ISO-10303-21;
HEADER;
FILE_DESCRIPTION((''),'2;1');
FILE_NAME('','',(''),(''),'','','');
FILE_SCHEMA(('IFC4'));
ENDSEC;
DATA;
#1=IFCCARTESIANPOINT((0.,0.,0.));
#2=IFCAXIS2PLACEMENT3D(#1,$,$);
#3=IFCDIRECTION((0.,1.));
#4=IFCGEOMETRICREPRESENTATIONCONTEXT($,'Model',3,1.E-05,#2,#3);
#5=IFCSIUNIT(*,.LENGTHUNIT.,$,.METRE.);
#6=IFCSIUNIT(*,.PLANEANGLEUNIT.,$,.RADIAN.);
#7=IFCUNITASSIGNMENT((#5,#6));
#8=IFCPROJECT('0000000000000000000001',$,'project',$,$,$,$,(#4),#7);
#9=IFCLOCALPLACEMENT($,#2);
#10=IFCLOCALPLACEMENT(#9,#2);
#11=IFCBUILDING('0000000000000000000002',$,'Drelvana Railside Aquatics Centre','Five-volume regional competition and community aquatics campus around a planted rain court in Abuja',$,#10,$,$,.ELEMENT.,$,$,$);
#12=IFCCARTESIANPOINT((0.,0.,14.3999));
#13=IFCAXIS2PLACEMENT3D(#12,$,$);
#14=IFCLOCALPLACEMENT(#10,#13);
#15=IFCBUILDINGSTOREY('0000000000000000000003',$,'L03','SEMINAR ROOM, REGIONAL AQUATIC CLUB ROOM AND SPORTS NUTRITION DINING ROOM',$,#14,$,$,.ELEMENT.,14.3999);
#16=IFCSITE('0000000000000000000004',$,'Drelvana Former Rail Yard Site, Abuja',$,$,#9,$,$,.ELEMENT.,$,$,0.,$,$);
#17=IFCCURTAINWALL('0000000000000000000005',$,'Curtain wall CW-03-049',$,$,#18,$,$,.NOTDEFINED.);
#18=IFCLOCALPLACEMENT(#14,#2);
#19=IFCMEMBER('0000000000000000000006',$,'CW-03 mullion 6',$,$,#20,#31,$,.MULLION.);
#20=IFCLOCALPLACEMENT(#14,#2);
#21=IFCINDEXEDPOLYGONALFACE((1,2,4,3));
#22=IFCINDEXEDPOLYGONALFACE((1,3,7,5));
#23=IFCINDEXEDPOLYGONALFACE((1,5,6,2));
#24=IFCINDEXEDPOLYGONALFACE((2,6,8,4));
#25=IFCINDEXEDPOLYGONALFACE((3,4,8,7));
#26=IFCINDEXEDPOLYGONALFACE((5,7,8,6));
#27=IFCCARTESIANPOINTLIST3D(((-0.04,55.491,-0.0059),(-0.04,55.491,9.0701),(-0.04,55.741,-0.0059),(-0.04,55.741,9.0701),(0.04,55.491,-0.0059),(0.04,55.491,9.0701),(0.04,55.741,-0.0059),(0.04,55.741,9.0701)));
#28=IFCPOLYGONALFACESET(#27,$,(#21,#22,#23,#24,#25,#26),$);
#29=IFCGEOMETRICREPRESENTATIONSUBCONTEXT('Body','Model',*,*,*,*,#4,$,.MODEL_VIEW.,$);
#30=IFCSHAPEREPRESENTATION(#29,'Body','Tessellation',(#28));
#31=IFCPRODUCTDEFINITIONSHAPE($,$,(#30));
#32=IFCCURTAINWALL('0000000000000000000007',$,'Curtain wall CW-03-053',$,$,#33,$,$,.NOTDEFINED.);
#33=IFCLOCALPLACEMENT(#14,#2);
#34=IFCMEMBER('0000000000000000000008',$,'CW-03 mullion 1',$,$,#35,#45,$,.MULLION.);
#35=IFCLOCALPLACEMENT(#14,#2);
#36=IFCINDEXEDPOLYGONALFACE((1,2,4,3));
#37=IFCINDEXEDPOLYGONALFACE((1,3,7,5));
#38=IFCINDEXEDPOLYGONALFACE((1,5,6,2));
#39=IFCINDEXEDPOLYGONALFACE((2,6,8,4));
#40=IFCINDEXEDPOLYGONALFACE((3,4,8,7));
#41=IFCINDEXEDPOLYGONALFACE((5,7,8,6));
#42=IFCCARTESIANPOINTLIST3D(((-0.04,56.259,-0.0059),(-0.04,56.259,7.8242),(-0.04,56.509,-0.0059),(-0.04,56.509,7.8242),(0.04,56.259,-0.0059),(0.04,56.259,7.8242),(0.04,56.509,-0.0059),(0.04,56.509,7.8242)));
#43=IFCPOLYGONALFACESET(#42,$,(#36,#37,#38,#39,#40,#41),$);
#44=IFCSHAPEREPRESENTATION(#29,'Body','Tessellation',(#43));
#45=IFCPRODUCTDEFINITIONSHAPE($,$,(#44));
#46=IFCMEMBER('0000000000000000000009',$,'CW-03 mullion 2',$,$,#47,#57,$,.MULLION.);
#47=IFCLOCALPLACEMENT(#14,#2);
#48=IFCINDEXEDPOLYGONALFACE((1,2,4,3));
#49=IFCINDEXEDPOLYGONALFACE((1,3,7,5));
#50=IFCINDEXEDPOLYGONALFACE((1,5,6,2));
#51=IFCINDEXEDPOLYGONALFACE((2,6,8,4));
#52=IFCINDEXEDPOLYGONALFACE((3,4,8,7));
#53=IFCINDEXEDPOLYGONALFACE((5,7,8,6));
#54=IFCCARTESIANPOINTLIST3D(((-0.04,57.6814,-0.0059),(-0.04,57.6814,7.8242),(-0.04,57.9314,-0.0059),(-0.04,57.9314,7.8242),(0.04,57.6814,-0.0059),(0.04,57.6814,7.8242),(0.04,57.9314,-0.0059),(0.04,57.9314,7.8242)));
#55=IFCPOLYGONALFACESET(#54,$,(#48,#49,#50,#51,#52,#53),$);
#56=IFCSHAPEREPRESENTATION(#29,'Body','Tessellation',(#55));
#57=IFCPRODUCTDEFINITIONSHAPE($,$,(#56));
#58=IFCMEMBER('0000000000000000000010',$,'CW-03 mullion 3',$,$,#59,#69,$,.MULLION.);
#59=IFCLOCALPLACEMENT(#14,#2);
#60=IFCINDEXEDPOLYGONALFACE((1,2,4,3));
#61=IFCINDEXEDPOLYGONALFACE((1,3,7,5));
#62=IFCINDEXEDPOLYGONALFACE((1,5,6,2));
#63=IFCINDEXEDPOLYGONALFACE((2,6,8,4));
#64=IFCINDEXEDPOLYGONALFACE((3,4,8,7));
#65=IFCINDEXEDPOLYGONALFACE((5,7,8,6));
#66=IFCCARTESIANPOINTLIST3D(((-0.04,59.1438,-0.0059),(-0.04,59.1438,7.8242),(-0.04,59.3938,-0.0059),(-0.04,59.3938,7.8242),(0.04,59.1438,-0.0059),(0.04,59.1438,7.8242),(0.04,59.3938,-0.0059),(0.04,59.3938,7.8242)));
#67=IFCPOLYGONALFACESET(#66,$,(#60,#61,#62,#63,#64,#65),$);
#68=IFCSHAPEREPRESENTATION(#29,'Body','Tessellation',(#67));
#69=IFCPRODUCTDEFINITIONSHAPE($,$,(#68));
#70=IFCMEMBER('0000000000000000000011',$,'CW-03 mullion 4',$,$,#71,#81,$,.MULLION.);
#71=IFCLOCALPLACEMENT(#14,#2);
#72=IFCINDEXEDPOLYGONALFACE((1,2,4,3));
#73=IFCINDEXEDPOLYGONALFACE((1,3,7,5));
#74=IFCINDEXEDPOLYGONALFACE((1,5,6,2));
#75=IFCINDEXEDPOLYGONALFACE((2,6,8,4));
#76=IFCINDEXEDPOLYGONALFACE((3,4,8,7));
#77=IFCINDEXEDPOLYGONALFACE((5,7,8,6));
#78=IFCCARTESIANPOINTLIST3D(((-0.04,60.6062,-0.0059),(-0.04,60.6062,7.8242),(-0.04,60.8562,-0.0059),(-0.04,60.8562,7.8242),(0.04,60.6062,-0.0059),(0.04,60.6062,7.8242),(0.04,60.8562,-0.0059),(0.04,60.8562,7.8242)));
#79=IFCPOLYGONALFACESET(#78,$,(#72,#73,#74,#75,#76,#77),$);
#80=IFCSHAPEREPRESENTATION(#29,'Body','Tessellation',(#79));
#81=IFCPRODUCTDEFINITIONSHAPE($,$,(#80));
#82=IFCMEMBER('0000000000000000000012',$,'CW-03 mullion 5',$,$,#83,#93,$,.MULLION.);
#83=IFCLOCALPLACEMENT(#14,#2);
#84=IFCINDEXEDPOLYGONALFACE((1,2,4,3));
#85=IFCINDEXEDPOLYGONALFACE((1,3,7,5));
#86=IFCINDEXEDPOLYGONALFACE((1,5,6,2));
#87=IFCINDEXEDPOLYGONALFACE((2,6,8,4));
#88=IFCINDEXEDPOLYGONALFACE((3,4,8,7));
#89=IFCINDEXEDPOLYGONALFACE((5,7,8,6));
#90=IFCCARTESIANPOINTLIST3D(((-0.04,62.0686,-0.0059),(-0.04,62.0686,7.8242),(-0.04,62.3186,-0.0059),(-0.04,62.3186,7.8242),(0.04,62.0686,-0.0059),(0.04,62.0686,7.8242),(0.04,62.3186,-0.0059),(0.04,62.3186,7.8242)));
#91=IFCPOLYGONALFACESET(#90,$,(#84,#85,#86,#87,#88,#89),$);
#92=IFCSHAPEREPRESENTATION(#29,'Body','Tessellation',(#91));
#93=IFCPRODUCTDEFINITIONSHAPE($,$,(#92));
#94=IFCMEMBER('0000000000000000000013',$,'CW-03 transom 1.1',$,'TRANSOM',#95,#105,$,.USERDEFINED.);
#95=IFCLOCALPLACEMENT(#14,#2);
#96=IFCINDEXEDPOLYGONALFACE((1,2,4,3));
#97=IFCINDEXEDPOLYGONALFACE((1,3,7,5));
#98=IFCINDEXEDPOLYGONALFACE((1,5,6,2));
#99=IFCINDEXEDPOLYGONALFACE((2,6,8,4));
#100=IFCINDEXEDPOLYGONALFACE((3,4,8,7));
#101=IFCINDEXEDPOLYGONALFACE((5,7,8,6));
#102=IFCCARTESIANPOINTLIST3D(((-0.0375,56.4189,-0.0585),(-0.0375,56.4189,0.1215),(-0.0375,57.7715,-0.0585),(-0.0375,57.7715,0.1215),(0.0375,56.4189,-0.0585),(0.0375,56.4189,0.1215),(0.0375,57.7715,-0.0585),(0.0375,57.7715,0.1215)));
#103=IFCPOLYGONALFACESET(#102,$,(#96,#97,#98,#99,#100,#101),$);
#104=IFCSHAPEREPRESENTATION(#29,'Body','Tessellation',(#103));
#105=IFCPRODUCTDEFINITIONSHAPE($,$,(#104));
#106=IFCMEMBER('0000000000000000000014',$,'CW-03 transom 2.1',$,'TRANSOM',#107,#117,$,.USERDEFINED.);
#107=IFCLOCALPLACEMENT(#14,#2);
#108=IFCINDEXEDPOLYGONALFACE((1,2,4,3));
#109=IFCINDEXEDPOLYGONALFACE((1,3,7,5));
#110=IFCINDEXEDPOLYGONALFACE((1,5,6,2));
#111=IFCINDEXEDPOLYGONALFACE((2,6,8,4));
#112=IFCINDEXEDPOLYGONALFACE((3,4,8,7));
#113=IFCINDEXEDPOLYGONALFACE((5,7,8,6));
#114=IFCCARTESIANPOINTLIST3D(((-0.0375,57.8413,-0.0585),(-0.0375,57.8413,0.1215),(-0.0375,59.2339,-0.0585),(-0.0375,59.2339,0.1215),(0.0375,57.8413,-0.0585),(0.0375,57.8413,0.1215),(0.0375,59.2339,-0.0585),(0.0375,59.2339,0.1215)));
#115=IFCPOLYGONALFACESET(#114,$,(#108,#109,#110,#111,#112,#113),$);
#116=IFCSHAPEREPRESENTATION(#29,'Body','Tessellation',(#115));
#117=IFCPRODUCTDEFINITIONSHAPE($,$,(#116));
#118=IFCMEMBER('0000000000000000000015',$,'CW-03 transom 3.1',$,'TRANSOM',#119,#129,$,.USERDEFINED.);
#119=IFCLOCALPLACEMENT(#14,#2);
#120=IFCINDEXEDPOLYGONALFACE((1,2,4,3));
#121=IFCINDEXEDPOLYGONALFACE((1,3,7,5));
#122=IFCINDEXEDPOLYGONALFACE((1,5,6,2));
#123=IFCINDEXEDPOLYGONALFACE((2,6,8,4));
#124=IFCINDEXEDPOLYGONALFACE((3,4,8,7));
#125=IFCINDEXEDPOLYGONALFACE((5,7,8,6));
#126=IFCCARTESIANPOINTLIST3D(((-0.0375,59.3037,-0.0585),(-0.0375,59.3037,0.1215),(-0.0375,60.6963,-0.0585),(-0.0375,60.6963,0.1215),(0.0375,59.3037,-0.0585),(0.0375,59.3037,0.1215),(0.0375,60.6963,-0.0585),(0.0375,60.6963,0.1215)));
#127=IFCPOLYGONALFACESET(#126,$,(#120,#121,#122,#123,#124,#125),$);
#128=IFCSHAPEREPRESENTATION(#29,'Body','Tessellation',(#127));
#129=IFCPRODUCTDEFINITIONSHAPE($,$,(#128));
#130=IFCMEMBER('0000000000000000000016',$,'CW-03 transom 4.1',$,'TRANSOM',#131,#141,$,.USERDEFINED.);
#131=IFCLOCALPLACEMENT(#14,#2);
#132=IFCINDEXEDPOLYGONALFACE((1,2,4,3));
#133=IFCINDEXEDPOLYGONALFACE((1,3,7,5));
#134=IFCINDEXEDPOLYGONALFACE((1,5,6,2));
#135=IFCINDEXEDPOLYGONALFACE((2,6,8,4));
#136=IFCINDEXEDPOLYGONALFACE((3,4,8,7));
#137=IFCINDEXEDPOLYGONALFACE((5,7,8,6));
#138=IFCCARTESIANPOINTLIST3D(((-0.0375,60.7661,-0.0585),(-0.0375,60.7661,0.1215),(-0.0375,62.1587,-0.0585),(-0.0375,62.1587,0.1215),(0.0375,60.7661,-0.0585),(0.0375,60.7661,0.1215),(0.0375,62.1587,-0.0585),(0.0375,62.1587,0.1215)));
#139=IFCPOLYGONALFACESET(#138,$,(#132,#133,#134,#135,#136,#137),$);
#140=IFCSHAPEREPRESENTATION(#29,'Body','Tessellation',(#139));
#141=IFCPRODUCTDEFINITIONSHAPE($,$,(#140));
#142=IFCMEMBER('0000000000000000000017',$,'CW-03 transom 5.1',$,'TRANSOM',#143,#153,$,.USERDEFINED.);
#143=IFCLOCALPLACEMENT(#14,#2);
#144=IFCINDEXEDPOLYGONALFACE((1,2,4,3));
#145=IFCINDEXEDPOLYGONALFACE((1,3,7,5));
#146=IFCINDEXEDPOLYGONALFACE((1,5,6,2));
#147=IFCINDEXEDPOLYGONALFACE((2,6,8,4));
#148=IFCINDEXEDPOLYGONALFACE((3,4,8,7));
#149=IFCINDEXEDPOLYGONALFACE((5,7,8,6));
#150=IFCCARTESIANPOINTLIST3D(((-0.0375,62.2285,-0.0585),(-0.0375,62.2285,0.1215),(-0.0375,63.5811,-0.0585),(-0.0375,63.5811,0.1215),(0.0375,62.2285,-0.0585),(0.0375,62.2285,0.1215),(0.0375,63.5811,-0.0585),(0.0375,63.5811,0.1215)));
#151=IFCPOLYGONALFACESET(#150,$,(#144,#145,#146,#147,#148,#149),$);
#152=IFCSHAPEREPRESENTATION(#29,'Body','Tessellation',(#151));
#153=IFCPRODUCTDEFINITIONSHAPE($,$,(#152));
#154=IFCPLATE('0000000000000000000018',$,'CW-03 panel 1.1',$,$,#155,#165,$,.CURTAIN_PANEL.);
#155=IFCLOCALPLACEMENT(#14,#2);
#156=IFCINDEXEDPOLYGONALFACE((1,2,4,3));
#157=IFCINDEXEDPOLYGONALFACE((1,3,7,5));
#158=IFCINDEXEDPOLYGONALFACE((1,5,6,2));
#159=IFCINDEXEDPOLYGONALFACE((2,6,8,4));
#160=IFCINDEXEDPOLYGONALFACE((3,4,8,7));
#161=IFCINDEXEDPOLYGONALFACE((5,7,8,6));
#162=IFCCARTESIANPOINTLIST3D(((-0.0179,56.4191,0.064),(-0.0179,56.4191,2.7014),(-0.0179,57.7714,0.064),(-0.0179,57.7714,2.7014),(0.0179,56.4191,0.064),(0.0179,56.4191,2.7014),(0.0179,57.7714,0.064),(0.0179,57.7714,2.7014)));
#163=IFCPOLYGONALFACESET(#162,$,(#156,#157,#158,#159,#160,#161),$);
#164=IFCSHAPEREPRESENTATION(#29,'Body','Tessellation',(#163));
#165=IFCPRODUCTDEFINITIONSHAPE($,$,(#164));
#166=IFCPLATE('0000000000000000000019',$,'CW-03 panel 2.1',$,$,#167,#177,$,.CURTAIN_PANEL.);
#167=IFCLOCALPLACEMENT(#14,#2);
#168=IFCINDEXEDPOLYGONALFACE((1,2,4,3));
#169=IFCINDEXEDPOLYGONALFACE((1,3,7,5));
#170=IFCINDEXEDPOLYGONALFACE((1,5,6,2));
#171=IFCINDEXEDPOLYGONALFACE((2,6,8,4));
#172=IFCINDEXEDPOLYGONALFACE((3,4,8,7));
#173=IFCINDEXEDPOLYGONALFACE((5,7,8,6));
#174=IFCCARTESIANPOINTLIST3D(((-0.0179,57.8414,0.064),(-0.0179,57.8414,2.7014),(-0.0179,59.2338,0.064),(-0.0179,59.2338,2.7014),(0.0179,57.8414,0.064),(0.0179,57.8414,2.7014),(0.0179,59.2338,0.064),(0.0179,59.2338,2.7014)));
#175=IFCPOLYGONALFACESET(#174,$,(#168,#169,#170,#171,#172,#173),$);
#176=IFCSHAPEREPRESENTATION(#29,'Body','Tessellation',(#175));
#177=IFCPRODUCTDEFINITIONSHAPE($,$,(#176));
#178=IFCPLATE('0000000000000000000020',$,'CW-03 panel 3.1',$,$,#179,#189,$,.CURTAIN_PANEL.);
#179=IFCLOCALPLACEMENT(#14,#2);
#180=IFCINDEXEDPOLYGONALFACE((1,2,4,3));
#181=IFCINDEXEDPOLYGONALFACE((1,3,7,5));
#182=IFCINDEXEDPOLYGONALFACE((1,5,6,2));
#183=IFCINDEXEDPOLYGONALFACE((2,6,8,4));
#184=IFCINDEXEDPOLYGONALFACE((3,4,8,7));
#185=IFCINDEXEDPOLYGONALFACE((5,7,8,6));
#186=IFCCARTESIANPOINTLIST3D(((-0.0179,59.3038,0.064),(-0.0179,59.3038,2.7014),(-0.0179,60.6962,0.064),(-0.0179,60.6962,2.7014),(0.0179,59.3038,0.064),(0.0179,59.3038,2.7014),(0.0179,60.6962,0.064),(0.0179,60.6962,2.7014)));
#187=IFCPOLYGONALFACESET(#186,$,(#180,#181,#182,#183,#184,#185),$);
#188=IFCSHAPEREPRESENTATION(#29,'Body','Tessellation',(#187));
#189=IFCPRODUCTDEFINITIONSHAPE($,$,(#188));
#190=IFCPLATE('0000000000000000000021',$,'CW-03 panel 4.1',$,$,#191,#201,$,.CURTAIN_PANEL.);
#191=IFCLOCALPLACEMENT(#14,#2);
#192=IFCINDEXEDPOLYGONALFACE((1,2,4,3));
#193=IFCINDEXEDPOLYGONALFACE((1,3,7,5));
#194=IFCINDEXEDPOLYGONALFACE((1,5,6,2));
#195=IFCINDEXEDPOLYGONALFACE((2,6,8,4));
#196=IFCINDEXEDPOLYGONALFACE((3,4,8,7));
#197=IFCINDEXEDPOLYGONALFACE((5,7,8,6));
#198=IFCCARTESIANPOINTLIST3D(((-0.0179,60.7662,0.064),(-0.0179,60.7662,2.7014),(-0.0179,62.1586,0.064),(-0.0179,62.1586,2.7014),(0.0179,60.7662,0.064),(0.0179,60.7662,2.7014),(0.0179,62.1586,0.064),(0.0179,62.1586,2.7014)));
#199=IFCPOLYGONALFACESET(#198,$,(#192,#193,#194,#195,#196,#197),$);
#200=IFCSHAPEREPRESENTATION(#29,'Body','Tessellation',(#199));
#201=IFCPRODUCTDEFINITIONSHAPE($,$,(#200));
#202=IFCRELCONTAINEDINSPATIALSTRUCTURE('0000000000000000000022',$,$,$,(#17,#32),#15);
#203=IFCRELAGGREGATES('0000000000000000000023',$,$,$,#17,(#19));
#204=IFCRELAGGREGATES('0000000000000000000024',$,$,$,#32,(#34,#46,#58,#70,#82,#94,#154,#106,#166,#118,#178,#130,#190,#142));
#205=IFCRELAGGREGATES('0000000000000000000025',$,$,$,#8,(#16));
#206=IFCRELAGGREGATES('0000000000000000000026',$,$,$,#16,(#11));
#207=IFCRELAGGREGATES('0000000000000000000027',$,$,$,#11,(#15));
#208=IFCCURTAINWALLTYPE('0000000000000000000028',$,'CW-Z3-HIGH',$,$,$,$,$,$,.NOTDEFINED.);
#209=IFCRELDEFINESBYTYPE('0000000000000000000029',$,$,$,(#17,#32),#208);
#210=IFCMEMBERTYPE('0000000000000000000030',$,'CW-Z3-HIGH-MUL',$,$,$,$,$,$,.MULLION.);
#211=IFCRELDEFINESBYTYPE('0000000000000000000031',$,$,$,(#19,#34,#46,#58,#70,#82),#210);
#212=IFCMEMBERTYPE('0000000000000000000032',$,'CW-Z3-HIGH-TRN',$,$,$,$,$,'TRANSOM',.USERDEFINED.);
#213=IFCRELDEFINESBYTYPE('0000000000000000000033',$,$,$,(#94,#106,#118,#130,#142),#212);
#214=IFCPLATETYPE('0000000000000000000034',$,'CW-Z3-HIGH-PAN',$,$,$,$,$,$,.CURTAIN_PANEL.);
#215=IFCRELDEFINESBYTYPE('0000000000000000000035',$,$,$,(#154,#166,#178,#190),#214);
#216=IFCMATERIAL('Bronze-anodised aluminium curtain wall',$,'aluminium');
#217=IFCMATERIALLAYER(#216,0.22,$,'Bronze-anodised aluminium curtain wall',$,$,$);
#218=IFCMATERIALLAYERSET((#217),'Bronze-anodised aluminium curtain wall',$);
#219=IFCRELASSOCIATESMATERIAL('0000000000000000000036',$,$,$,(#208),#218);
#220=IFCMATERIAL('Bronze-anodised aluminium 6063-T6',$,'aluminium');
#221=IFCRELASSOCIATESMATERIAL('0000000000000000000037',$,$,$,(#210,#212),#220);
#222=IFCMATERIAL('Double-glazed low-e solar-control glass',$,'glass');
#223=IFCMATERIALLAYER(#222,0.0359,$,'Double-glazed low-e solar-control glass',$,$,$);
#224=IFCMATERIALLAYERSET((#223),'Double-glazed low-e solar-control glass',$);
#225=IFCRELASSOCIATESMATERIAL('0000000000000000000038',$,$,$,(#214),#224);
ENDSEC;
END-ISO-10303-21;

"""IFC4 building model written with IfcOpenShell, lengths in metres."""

from ifc_helpers import new_model, si_unit, direction, frame, origin, origin_2d, place, context, subcontext, project, spatial, rectangle, extrude, material, layer, layer_set, material_profile, profile_set, type_object, element, aggregate, save


model = new_model("IFC4")

# Units and contexts
model_context = context("Model", 3, precision=1e-05, world=origin(), true_north=direction((0.0, 1.0)))
body_context = subcontext(model_context, "Body", "Model", "MODEL_VIEW")
ifc_project = project(units=[si_unit("LENGTHUNIT", "METRE"), si_unit("PLANEANGLEUNIT", "RADIAN")], contexts=[model_context])

# Site, building, storey
site_placement = place(None, origin())
site = spatial("IfcSite", under=ifc_project, at=site_placement, Name="Drelvana Former Rail Yard Site, Abuja", CompositionType="ELEMENT", RefElevation=0.0)
building_placement = place(site_placement, origin())
building = spatial("IfcBuilding", under=site, at=building_placement, Name="Drelvana Railside Aquatics Centre", Description="Five-volume regional competition and community aquatics campus around a planted rain court in Abuja", CompositionType="ELEMENT")
storey_placement = place(building_placement, frame((0.0, 0.0, 14.3999)))
storey = spatial("IfcBuildingStorey", under=building, at=storey_placement, Name="L03", Description="SEMINAR ROOM, REGIONAL AQUATIC CLUB ROOM AND SPORTS NUTRITION DINING ROOM", CompositionType="ELEMENT", Elevation=14.3999)

# Curtain wall, member
ifc_material_1 = material(Name="Bronze-anodised aluminium curtain wall", Category="aluminium")
ifc_layer_1 = layer(ifc_material_1, 0.22, Name="Bronze-anodised aluminium curtain wall")
ifc_layer_set_1 = layer_set([ifc_layer_1], Name="Bronze-anodised aluminium curtain wall")
curtain_wall_type = type_object("IfcCurtainWallType", Name="CW-Z3-HIGH", PredefinedType="NOTDEFINED", material=ifc_layer_set_1)
curtain_wall_1_placement = place(storey_placement, origin())
curtain_wall_1 = element("IfcCurtainWall", 1, at=curtain_wall_1_placement, inside=storey, type_object=curtain_wall_type, Name="Curtain wall CW-03-049", PredefinedType="NOTDEFINED")
ifc_material_2 = material(Name="Bronze-anodised aluminium 6063-T6", Category="aluminium")
ifc_material_profile_1 = material_profile(ifc_material_2, rectangle(XDim=0.0801, YDim=0.25, at=origin_2d()), Name="ALU-M 80x250")
ifc_profile_set_1 = profile_set([ifc_material_profile_1], Name="Bronze-anodised aluminium 6063-T6")
member_type_1 = type_object("IfcMemberType", Name="CW-Z3-HIGH-MUL", PredefinedType="MULLION", material=ifc_profile_set_1)
member_1_placement = place(storey_placement, frame((0.0, 55.616, -0.0059), z_axis=(0.0, 0.0, 1.0), x_axis=(-1.0, 0.0, 0.0)))
member_1 = element("IfcMember", 2, at=member_1_placement, type_object=member_type_1, Name="CW-03 mullion 6", PredefinedType="MULLION", context=body_context, shape_type="SweptSolid", body=[
    extrude(rectangle(XDim=0.0801, YDim=0.25, at=origin_2d()), origin(), (0.0, 0.0, 1.0), 9.0759),
])
aggregate(curtain_wall_1, [member_1])

# Curtain wall, members, plates
curtain_wall_2_placement = place(storey_placement, origin())
curtain_wall_2 = element("IfcCurtainWall", 3, at=curtain_wall_2_placement, inside=storey, type_object=curtain_wall_type, Name="Curtain wall CW-03-053", PredefinedType="NOTDEFINED")
member_2_placement = place(storey_placement, frame((0.0, 56.384, -0.0059), z_axis=(0.0, 0.0, 1.0), x_axis=(-1.0, 0.0, 0.0)))
member_2 = element("IfcMember", 4, at=member_2_placement, type_object=member_type_1, Name="CW-03 mullion 1", PredefinedType="MULLION", context=body_context, shape_type="SweptSolid", body=[
    extrude(rectangle(XDim=0.0801, YDim=0.25, at=origin_2d()), origin(), (0.0, 0.0, 1.0), 7.8301),
])
member_3_placement = place(storey_placement, frame((0.0, 57.8064, -0.0059), z_axis=(0.0, 0.0, 1.0), x_axis=(-1.0, 0.0, 0.0)))
member_3 = element("IfcMember", 5, at=member_3_placement, type_object=member_type_1, Name="CW-03 mullion 2", PredefinedType="MULLION", context=body_context, shape_type="SweptSolid", body=[
    extrude(rectangle(XDim=0.0801, YDim=0.25, at=origin_2d()), origin(), (0.0, 0.0, 1.0), 7.8301),
])
member_4_placement = place(storey_placement, frame((0.0, 59.2688, -0.0059), z_axis=(0.0, 0.0, 1.0), x_axis=(-1.0, 0.0, 0.0)))
member_4 = element("IfcMember", 6, at=member_4_placement, type_object=member_type_1, Name="CW-03 mullion 3", PredefinedType="MULLION", context=body_context, shape_type="SweptSolid", body=[
    extrude(rectangle(XDim=0.0801, YDim=0.25, at=origin_2d()), origin(), (0.0, 0.0, 1.0), 7.8301),
])
member_5_placement = place(storey_placement, frame((0.0, 60.7312, -0.0059), z_axis=(0.0, 0.0, 1.0), x_axis=(-1.0, 0.0, 0.0)))
member_5 = element("IfcMember", 7, at=member_5_placement, type_object=member_type_1, Name="CW-03 mullion 4", PredefinedType="MULLION", context=body_context, shape_type="SweptSolid", body=[
    extrude(rectangle(XDim=0.0801, YDim=0.25, at=origin_2d()), origin(), (0.0, 0.0, 1.0), 7.8301),
])
member_6_placement = place(storey_placement, frame((0.0, 62.1936, -0.0059), z_axis=(0.0, 0.0, 1.0), x_axis=(-1.0, 0.0, 0.0)))
member_6 = element("IfcMember", 8, at=member_6_placement, type_object=member_type_1, Name="CW-03 mullion 5", PredefinedType="MULLION", context=body_context, shape_type="SweptSolid", body=[
    extrude(rectangle(XDim=0.0801, YDim=0.25, at=origin_2d()), origin(), (0.0, 0.0, 1.0), 7.8301),
])
ifc_material_profile_2 = material_profile(ifc_material_2, rectangle(XDim=0.1799, YDim=0.075, at=origin_2d()), Name="ALU-T 75x180")
ifc_profile_set_2 = profile_set([ifc_material_profile_2], Name="Bronze-anodised aluminium 6063-T6")
member_type_2 = type_object("IfcMemberType", Name="CW-Z3-HIGH-TRN", ElementType="TRANSOM", PredefinedType="USERDEFINED", material=ifc_profile_set_2)
member_7_placement = place(storey_placement, frame((0.0, 56.4189, 0.0315), z_axis=(0.0, 1.0, 0.0), x_axis=(0.0, 0.0, 1.0)))
member_7 = element("IfcMember", 9, at=member_7_placement, type_object=member_type_2, Name="CW-03 transom 1.1", ObjectType="TRANSOM", PredefinedType="USERDEFINED", context=body_context, shape_type="SweptSolid", body=[
    extrude(rectangle(XDim=0.1799, YDim=0.075, at=origin_2d()), origin(), (0.0, 0.0, 1.0), 1.3525),
])
member_8_placement = place(storey_placement, frame((0.0, 57.8413, 0.0315), z_axis=(0.0, 1.0, 0.0), x_axis=(0.0, 0.0, 1.0)))
member_8 = element("IfcMember", 10, at=member_8_placement, type_object=member_type_2, Name="CW-03 transom 2.1", ObjectType="TRANSOM", PredefinedType="USERDEFINED", context=body_context, shape_type="SweptSolid", body=[
    extrude(rectangle(XDim=0.1799, YDim=0.075, at=origin_2d()), origin(), (0.0, 0.0, 1.0), 1.3926),
])
member_9_placement = place(storey_placement, frame((0.0, 59.3037, 0.0315), z_axis=(0.0, 1.0, 0.0), x_axis=(0.0, 0.0, 1.0)))
member_9 = element("IfcMember", 11, at=member_9_placement, type_object=member_type_2, Name="CW-03 transom 3.1", ObjectType="TRANSOM", PredefinedType="USERDEFINED", context=body_context, shape_type="SweptSolid", body=[
    extrude(rectangle(XDim=0.1799, YDim=0.075, at=origin_2d()), origin(), (0.0, 0.0, 1.0), 1.3926),
])
member_10_placement = place(storey_placement, frame((0.0, 60.7661, 0.0315), z_axis=(0.0, 1.0, 0.0), x_axis=(0.0, 0.0, 1.0)))
member_10 = element("IfcMember", 12, at=member_10_placement, type_object=member_type_2, Name="CW-03 transom 4.1", ObjectType="TRANSOM", PredefinedType="USERDEFINED", context=body_context, shape_type="SweptSolid", body=[
    extrude(rectangle(XDim=0.1799, YDim=0.075, at=origin_2d()), origin(), (0.0, 0.0, 1.0), 1.3926),
])
member_11_placement = place(storey_placement, frame((0.0, 62.2285, 0.0315), z_axis=(0.0, 1.0, 0.0), x_axis=(0.0, 0.0, 1.0)))
member_11 = element("IfcMember", 13, at=member_11_placement, type_object=member_type_2, Name="CW-03 transom 5.1", ObjectType="TRANSOM", PredefinedType="USERDEFINED", context=body_context, shape_type="SweptSolid", body=[
    extrude(rectangle(XDim=0.1799, YDim=0.075, at=origin_2d()), origin(), (0.0, 0.0, 1.0), 1.3525),
])
ifc_material_3 = material(Name="Double-glazed low-e solar-control glass", Category="glass")
ifc_layer_2 = layer(ifc_material_3, 0.0359, Name="Double-glazed low-e solar-control glass")
ifc_layer_set_2 = layer_set([ifc_layer_2], Name="Double-glazed low-e solar-control glass")
plate_type = type_object("IfcPlateType", Name="CW-Z3-HIGH-PAN", PredefinedType="CURTAIN_PANEL", material=ifc_layer_set_2)
plate_1_placement = place(storey_placement, frame((0.0, 57.0952, 0.064), z_axis=(0.0, 0.0, 1.0), x_axis=(0.0, 1.0, 0.0)))
plate_1 = element("IfcPlate", 14, at=plate_1_placement, type_object=plate_type, Name="CW-03 panel 1.1", PredefinedType="CURTAIN_PANEL", context=body_context, shape_type="SweptSolid", body=[
    extrude(rectangle(XDim=1.3523, YDim=0.0359, at=origin_2d()), origin(), (0.0, 0.0, 1.0), 2.6375),
])
plate_2_placement = place(storey_placement, frame((0.0, 58.5376, 0.064), z_axis=(0.0, 0.0, 1.0), x_axis=(0.0, 1.0, 0.0)))
plate_2 = element("IfcPlate", 15, at=plate_2_placement, type_object=plate_type, Name="CW-03 panel 2.1", PredefinedType="CURTAIN_PANEL", context=body_context, shape_type="SweptSolid", body=[
    extrude(rectangle(XDim=1.3923, YDim=0.0359, at=origin_2d()), origin(), (0.0, 0.0, 1.0), 2.6375),
])
plate_3_placement = place(storey_placement, frame((0.0, 60.0, 0.064), z_axis=(0.0, 0.0, 1.0), x_axis=(0.0, 1.0, 0.0)))
plate_3 = element("IfcPlate", 16, at=plate_3_placement, type_object=plate_type, Name="CW-03 panel 3.1", PredefinedType="CURTAIN_PANEL", context=body_context, shape_type="SweptSolid", body=[
    extrude(rectangle(XDim=1.3923, YDim=0.0359, at=origin_2d()), origin(), (0.0, 0.0, 1.0), 2.6375),
])
plate_4_placement = place(storey_placement, frame((0.0, 61.4624, 0.064), z_axis=(0.0, 0.0, 1.0), x_axis=(0.0, 1.0, 0.0)))
plate_4 = element("IfcPlate", 17, at=plate_4_placement, type_object=plate_type, Name="CW-03 panel 4.1", PredefinedType="CURTAIN_PANEL", context=body_context, shape_type="SweptSolid", body=[
    extrude(rectangle(XDim=1.3923, YDim=0.0359, at=origin_2d()), origin(), (0.0, 0.0, 1.0), 2.6375),
])
aggregate(curtain_wall_2, [member_2, member_3, member_4, member_5, member_6, member_7, plate_1, member_8, plate_2, member_9, plate_3, member_10, plate_4, member_11])

save(model, "model.ifc")
